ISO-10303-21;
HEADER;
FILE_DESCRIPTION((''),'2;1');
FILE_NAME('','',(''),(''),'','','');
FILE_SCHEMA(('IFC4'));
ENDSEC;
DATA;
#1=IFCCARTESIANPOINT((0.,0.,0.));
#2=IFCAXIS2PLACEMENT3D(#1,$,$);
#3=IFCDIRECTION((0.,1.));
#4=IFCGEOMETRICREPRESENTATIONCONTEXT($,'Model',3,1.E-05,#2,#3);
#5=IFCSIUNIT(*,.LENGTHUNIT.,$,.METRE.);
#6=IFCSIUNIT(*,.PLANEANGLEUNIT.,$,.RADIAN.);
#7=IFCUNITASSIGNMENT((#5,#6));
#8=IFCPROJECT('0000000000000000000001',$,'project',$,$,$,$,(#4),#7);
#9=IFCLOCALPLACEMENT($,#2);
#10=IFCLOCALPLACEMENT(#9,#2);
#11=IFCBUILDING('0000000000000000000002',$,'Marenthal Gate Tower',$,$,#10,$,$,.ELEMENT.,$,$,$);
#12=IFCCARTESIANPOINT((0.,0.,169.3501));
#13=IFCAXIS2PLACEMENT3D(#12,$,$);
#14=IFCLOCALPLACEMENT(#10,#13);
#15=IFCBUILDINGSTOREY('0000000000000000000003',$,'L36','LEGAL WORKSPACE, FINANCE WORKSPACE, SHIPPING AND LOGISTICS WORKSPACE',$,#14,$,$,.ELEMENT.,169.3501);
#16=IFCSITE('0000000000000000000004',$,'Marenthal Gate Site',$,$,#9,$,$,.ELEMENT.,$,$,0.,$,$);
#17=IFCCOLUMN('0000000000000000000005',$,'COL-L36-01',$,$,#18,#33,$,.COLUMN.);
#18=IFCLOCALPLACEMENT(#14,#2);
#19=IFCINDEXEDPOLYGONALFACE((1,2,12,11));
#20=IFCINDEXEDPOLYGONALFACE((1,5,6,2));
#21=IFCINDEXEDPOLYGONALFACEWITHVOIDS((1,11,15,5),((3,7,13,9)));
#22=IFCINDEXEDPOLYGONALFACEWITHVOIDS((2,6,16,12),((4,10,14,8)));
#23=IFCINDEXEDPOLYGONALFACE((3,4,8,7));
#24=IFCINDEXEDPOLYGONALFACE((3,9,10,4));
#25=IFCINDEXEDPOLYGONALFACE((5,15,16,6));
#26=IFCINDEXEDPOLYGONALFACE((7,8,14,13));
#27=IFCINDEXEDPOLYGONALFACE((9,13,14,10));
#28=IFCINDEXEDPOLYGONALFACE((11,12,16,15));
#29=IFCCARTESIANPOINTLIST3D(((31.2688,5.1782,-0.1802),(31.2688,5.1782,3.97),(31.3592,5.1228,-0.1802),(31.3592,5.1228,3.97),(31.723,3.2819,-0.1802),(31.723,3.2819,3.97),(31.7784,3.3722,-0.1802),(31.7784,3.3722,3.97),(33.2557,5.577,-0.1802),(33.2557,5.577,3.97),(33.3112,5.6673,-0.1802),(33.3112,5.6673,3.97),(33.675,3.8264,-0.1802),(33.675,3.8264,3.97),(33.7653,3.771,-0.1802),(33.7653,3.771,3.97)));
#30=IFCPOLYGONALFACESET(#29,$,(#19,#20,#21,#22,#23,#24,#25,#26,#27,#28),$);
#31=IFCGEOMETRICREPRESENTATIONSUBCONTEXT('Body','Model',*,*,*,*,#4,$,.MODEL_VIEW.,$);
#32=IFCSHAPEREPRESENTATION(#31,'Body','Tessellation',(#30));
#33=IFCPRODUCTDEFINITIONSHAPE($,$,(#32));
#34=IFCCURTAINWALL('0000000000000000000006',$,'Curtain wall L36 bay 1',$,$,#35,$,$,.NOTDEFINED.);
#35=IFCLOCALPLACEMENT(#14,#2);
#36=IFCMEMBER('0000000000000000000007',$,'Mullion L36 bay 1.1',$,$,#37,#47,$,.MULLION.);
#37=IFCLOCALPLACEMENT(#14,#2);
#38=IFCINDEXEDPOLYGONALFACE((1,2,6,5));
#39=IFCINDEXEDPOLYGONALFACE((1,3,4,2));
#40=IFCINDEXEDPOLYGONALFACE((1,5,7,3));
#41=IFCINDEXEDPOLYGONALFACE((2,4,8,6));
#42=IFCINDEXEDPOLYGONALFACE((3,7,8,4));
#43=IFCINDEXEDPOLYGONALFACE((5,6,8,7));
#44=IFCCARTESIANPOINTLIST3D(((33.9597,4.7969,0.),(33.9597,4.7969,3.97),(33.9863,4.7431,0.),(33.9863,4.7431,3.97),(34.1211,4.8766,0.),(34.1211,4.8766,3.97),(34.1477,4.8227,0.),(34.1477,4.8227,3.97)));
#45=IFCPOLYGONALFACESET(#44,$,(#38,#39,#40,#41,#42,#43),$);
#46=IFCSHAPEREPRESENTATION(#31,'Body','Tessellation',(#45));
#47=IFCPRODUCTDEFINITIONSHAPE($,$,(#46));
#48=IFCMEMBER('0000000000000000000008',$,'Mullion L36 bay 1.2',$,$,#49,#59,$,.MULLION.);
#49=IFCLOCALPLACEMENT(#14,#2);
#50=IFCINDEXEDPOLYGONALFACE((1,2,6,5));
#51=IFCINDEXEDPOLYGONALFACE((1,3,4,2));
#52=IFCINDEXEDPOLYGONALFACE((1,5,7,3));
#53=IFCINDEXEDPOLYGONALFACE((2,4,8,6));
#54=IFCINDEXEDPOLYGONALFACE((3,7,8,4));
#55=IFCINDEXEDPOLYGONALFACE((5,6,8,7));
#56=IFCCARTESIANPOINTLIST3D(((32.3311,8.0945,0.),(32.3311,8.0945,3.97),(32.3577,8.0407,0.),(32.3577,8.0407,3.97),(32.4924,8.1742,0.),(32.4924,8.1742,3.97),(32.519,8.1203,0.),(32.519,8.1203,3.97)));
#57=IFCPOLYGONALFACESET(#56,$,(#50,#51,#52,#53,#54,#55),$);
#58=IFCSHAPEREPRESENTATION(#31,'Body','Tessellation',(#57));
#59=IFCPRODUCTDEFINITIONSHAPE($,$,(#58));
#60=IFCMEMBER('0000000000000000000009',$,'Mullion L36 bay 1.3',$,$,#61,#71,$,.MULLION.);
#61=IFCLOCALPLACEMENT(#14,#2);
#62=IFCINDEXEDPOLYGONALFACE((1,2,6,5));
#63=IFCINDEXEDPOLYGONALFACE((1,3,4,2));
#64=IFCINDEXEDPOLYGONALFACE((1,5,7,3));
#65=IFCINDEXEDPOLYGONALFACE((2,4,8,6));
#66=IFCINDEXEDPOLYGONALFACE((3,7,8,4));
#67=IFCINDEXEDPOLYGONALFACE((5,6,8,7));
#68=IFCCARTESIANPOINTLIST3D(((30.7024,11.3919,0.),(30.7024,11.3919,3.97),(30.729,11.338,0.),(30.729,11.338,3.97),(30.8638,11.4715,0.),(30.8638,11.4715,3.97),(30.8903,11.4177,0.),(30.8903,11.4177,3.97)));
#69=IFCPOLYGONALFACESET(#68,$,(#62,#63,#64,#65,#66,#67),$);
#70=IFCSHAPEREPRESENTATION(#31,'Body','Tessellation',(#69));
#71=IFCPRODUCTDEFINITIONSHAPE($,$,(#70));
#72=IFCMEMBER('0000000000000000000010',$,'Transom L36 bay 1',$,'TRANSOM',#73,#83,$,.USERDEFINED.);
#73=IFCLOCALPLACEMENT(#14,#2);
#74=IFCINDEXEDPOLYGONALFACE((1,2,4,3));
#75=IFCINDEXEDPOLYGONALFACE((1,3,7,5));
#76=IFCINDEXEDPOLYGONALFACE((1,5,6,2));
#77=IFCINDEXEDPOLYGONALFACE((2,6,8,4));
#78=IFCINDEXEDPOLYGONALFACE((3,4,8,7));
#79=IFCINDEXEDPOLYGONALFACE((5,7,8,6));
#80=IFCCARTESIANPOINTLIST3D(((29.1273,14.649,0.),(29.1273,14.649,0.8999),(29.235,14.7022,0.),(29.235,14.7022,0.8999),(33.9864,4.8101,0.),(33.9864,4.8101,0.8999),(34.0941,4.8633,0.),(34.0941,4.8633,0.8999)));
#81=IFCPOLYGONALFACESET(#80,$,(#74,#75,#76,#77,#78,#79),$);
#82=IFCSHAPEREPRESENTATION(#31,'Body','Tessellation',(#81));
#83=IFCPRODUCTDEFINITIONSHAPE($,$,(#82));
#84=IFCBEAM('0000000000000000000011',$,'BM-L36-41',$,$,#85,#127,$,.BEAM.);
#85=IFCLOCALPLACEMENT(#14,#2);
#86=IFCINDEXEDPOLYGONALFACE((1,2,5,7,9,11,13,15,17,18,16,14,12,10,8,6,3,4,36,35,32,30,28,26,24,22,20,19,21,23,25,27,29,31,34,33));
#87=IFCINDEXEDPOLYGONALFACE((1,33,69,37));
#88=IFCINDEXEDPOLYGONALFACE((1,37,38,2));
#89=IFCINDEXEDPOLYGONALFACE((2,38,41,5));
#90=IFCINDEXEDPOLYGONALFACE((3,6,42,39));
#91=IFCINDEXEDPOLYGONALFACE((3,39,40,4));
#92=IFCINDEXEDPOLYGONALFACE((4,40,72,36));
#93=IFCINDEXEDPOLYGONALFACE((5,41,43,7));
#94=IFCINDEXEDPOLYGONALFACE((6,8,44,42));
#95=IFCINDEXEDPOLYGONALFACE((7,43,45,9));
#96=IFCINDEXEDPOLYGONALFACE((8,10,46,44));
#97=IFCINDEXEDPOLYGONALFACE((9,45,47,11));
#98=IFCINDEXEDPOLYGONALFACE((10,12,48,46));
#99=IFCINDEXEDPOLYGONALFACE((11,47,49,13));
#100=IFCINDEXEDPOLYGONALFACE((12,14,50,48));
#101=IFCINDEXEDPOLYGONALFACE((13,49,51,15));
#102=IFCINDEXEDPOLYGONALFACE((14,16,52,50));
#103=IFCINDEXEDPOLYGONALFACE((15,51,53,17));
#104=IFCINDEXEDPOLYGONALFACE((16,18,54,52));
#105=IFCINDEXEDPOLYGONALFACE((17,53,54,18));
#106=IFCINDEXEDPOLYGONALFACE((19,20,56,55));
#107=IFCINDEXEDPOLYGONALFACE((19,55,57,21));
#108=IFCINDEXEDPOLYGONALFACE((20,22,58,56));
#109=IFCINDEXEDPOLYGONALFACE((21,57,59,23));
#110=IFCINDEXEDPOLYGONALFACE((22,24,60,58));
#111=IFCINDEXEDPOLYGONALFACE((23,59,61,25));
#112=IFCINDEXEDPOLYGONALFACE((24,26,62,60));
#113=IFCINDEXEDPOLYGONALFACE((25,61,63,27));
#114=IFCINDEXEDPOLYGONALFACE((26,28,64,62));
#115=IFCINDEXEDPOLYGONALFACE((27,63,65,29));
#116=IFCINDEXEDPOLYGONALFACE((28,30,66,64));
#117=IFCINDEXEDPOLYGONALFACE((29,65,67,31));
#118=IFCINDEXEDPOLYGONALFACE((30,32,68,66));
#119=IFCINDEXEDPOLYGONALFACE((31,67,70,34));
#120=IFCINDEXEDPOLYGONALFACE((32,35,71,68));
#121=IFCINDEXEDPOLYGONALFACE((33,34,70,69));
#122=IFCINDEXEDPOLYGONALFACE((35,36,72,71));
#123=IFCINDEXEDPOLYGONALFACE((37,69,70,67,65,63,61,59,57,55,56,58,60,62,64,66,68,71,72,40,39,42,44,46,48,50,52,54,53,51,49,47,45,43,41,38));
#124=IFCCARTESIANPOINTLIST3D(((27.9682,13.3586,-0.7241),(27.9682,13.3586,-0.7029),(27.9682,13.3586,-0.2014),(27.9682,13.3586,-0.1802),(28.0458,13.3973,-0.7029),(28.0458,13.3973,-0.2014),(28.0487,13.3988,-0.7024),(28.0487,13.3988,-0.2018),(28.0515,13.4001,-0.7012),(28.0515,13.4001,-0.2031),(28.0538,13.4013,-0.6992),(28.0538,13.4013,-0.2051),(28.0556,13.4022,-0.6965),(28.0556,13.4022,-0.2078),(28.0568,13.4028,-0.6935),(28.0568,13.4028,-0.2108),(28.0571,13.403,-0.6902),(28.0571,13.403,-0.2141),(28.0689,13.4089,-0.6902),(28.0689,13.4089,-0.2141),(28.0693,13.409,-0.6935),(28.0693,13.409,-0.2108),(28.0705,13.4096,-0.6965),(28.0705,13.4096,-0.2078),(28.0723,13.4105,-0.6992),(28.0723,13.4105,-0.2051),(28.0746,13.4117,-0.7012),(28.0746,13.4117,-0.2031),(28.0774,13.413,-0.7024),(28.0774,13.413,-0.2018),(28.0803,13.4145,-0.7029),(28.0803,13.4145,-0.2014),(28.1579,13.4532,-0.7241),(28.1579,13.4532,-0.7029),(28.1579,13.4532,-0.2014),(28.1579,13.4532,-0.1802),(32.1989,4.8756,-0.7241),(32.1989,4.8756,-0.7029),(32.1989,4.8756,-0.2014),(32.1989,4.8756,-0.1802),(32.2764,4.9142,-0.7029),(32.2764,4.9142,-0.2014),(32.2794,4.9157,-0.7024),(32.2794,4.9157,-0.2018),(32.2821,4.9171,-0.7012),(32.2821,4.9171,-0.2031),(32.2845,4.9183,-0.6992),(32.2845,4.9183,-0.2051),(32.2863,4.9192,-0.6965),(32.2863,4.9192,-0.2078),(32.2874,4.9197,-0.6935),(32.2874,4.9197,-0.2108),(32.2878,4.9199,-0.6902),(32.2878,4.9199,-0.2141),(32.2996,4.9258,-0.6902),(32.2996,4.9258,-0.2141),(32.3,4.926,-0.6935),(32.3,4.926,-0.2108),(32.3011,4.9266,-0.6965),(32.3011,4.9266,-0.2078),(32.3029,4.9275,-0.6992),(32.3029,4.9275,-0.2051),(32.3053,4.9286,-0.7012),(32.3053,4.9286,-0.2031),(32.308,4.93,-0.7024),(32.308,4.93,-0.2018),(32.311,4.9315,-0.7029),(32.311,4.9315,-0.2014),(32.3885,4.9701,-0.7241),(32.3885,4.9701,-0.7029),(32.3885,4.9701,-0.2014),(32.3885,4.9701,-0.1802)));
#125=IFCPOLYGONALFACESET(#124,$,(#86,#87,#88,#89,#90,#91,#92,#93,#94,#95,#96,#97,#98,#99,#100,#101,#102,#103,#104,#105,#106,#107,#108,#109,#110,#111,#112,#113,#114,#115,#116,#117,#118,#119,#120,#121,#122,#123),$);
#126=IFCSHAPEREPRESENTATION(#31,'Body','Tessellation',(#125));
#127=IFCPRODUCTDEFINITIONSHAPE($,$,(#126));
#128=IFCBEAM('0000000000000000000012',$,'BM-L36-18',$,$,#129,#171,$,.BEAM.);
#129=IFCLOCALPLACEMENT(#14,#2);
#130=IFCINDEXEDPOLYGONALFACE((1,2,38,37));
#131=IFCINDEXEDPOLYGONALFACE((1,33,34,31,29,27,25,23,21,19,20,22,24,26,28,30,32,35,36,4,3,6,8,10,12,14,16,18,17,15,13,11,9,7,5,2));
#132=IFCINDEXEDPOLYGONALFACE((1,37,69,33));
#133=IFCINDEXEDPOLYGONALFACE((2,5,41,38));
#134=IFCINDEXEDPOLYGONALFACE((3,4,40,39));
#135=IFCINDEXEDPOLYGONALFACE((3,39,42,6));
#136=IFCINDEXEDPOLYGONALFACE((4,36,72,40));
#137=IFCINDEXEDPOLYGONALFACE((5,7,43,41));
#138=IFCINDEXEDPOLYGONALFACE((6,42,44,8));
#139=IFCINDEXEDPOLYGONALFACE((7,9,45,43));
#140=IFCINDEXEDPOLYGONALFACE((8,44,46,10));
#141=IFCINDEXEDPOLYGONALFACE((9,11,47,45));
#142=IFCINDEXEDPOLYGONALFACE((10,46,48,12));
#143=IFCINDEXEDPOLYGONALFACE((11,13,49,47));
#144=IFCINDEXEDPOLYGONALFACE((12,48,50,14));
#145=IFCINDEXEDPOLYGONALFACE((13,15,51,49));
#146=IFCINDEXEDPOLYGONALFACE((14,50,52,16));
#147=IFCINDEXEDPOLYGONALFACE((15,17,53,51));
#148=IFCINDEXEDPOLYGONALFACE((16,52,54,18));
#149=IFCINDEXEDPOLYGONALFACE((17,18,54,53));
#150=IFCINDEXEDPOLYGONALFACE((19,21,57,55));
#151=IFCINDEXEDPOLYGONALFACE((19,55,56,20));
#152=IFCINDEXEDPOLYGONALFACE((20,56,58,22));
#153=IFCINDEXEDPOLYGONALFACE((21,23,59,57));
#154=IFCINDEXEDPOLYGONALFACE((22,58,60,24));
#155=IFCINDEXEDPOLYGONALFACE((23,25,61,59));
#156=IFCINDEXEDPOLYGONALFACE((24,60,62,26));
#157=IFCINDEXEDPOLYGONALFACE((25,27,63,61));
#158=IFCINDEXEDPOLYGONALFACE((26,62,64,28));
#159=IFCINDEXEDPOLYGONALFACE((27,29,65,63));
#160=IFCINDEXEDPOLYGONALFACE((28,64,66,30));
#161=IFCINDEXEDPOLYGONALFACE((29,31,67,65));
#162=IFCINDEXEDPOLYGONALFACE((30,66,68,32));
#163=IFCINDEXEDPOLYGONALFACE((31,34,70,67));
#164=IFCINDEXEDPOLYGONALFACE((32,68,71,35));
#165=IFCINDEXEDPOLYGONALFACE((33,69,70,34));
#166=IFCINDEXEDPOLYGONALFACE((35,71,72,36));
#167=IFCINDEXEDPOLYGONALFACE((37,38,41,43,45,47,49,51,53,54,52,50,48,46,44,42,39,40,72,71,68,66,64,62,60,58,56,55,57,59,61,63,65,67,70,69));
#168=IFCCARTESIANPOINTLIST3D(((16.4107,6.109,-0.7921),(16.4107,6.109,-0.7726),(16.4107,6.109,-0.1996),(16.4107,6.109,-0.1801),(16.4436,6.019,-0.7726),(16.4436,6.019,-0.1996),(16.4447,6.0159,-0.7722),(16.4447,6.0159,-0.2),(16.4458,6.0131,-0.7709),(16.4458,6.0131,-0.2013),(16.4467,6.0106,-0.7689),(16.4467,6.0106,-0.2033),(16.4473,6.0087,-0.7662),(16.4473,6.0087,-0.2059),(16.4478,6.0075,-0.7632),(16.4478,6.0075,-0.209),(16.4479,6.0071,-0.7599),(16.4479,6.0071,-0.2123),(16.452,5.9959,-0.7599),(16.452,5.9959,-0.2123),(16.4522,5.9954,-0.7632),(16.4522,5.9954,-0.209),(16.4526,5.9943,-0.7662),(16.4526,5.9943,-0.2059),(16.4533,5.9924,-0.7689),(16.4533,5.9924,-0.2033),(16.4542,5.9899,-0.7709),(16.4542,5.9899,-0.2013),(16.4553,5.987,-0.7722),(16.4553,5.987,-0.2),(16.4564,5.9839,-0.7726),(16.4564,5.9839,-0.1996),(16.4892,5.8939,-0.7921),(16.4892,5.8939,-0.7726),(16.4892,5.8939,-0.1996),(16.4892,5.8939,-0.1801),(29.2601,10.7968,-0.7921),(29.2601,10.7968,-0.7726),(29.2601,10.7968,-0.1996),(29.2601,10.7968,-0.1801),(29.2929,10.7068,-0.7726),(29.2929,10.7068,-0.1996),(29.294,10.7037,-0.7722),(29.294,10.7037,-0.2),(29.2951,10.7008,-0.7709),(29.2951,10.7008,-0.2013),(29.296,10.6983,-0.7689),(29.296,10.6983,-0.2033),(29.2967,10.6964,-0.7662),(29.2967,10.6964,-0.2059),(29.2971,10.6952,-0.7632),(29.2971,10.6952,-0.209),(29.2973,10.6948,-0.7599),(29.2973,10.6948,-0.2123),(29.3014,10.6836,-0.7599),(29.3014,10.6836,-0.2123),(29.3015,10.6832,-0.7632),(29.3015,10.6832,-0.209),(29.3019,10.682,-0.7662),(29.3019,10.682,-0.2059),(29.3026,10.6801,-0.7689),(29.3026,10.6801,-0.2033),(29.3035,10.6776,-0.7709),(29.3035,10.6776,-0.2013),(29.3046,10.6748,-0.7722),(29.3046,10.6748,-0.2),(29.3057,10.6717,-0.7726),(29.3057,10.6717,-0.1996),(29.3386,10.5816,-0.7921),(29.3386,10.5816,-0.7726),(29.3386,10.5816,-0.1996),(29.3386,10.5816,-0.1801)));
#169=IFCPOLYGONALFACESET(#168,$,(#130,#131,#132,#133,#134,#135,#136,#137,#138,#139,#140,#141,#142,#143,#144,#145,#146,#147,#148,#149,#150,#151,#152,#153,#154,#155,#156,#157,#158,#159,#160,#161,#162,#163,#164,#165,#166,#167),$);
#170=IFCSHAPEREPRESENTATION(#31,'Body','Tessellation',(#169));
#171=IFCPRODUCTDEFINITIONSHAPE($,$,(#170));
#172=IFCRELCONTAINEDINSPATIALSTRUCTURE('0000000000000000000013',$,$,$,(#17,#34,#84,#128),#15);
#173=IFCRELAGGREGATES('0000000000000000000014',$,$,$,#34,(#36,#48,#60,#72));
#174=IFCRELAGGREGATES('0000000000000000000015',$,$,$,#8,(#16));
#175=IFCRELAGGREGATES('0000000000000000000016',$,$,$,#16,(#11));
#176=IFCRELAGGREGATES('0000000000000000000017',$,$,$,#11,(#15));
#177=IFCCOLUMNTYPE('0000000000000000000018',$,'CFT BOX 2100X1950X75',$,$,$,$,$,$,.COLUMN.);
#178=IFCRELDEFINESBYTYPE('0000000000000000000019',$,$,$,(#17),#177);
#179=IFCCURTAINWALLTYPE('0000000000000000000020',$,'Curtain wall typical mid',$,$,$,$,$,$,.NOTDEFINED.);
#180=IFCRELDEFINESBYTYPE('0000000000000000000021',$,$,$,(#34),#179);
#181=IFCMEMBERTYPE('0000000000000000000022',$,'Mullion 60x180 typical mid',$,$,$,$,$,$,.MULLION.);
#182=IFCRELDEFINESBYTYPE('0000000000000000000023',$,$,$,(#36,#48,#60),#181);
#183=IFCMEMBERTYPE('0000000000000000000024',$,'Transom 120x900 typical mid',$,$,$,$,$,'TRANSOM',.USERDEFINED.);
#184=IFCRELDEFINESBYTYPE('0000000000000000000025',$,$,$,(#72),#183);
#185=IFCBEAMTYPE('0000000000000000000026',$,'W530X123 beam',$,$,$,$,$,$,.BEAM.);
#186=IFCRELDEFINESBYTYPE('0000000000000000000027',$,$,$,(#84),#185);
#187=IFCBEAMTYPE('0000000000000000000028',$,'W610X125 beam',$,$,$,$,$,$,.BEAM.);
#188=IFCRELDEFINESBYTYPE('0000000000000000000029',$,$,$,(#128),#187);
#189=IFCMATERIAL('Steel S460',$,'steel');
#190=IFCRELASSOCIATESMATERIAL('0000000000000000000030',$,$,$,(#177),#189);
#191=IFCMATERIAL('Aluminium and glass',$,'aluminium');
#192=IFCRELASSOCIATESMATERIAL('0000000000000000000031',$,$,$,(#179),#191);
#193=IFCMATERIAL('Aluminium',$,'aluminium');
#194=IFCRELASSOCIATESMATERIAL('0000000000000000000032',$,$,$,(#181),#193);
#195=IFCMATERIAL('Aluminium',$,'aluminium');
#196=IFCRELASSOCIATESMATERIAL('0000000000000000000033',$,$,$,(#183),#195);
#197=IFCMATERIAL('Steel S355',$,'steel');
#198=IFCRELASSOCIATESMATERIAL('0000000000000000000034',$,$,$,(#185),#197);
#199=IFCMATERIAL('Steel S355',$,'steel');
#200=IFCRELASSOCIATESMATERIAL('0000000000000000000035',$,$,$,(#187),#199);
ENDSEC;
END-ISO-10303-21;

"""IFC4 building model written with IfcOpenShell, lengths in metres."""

from ifc_helpers import new_model, si_unit, direction, frame, origin, origin_2d, place, context, subcontext, project, spatial, rectangle, hollow_rectangle, i_section, extrude, material, material_profile, profile_set, type_object, element, aggregate, save


model = new_model("IFC4")

# Units and contexts
model_context = context("Model", 3, precision=1e-05, world=origin(), true_north=direction((0.0, 1.0)))
body_context = subcontext(model_context, "Body", "Model", "MODEL_VIEW")
ifc_project = project(units=[si_unit("LENGTHUNIT", "METRE"), si_unit("PLANEANGLEUNIT", "RADIAN")], contexts=[model_context])

# Site, building, storey
site_placement = place(None, origin())
site = spatial("IfcSite", under=ifc_project, at=site_placement, Name="Marenthal Gate Site", CompositionType="ELEMENT", RefElevation=0.0)
building_placement = place(site_placement, origin())
building = spatial("IfcBuilding", under=site, at=building_placement, Name="Marenthal Gate Tower", CompositionType="ELEMENT")
storey_placement = place(building_placement, frame((0.0, 0.0, 169.3501)))
storey = spatial("IfcBuildingStorey", under=building, at=storey_placement, Name="L36", Description="LEGAL WORKSPACE, FINANCE WORKSPACE, SHIPPING AND LOGISTICS WORKSPACE", CompositionType="ELEMENT", Elevation=169.3501)

# Column
ifc_material_1 = material(Name="Steel S460", Category="steel")
ifc_material_profile_1 = material_profile(ifc_material_1, hollow_rectangle(XDim=1.95, YDim=2.1001, WallThickness=0.075, at=origin_2d()), Name="CFT BOX 2100X1950X75")
ifc_material_2 = material(Name="Concrete 70 MPa", Category="concrete")
ifc_material_profile_2 = material_profile(ifc_material_2, rectangle(XDim=1.8, YDim=1.95, at=origin_2d()), Name="CFT BOX 2100X1950X75 INFILL")
ifc_profile_set_1 = profile_set([ifc_material_profile_1, ifc_material_profile_2], Name="Steel S460 shell, Concrete 70 MPa infill")
column_type = type_object("IfcColumnType", Name="CFT BOX 2100X1950X75", PredefinedType="COLUMN", material=ifc_profile_set_1)
column_placement = place(storey_placement, frame((32.5171, 4.4746, -0.1802), z_axis=(0.0, 0.0, 1.0), x_axis=(0.232909, -0.972499, 0.0)))
element("IfcColumn", 1, at=column_placement, inside=storey, type_object=column_type, Name="COL-L36-01", PredefinedType="COLUMN", context=body_context, shape_type="SweptSolid", body=[
    extrude(hollow_rectangle(XDim=1.95, YDim=2.1001, WallThickness=0.075, at=origin_2d()), origin(), (0.0, 0.0, 1.0), 4.1501),
])

# Curtain wall, members
ifc_material_3 = material(Name="Aluminium and glass", Category="aluminium")
curtain_wall_type = type_object("IfcCurtainWallType", Name="Curtain wall typical mid", PredefinedType="NOTDEFINED", material=ifc_material_3)
curtain_wall_placement = place(storey_placement, origin())
curtain_wall = element("IfcCurtainWall", 2, at=curtain_wall_placement, inside=storey, type_object=curtain_wall_type, Name="Curtain wall L36 bay 1", PredefinedType="NOTDEFINED")
ifc_material_4 = material(Name="Aluminium", Category="aluminium")
ifc_material_profile_3 = material_profile(ifc_material_4, rectangle(XDim=0.1799, YDim=0.0601, at=origin_2d()), Name="60x180 aluminium mullion")
ifc_profile_set_2 = profile_set([ifc_material_profile_3], Name="Aluminium")
member_type_1 = type_object("IfcMemberType", Name="Mullion 60x180 typical mid", PredefinedType="MULLION", material=ifc_profile_set_2)
member_1_placement = place(storey_placement, frame((34.0537, 4.8098, 0.0), z_axis=(0.0, 0.0, 1.0), x_axis=(-0.896609, -0.442824, 0.0)))
member_1 = element("IfcMember", 3, at=member_1_placement, type_object=member_type_1, Name="Mullion L36 bay 1.1", PredefinedType="MULLION", context=body_context, shape_type="SweptSolid", body=[
    extrude(rectangle(XDim=0.1799, YDim=0.0601, at=origin_2d()), origin(), (0.0, 0.0, 1.0), 3.97),
])
member_2_placement = place(storey_placement, frame((32.425, 8.1074, 0.0), z_axis=(0.0, 0.0, 1.0), x_axis=(-0.896609, -0.442824, 0.0)))
member_2 = element("IfcMember", 4, at=member_2_placement, type_object=member_type_1, Name="Mullion L36 bay 1.2", PredefinedType="MULLION", context=body_context, shape_type="SweptSolid", body=[
    extrude(rectangle(XDim=0.1799, YDim=0.0601, at=origin_2d()), origin(), (0.0, 0.0, 1.0), 3.97),
])
member_3_placement = place(storey_placement, frame((30.7964, 11.4048, 0.0), z_axis=(0.0, 0.0, 1.0), x_axis=(-0.896609, -0.442824, 0.0)))
member_3 = element("IfcMember", 5, at=member_3_placement, type_object=member_type_1, Name="Mullion L36 bay 1.3", PredefinedType="MULLION", context=body_context, shape_type="SweptSolid", body=[
    extrude(rectangle(XDim=0.1799, YDim=0.0601, at=origin_2d()), origin(), (0.0, 0.0, 1.0), 3.97),
])
ifc_material_5 = material(Name="Aluminium", Category="aluminium")
ifc_material_profile_4 = material_profile(ifc_material_5, rectangle(XDim=0.1201, YDim=0.8999, at=origin_2d()), Name="120x900 aluminium transom")
ifc_profile_set_3 = profile_set([ifc_material_profile_4], Name="Aluminium")
member_type_2 = type_object("IfcMemberType", Name="Transom 120x900 typical mid", ElementType="TRANSOM", PredefinedType="USERDEFINED", material=ifc_profile_set_3)
member_4_placement = place(storey_placement, frame((34.0403, 4.8367, 0.45), z_axis=(-0.442812, 0.896615, 0.0), x_axis=(-0.896615, -0.442812, 0.0)))
member_4 = element("IfcMember", 6, at=member_4_placement, type_object=member_type_2, Name="Transom L36 bay 1", ObjectType="TRANSOM", PredefinedType="USERDEFINED", context=body_context, shape_type="SweptSolid", body=[
    extrude(rectangle(XDim=0.1201, YDim=0.8999, at=origin_2d()), origin(), (0.0, 0.0, 1.0), 10.9734),
])

# Beams
ifc_material_6 = material(Name="Steel S355", Category="steel")
ifc_material_profile_5 = material_profile(ifc_material_6, i_section(OverallWidth=0.2119, OverallDepth=0.5439, WebThickness=0.0132, FlangeThickness=0.0212, FilletRadius=0.0127, at=origin_2d()), Name="W530X123")
ifc_profile_set_4 = profile_set([ifc_material_profile_5], Name="Steel S355")
beam_type_1 = type_object("IfcBeamType", Name="W530X123 beam", PredefinedType="BEAM", material=ifc_profile_set_4)
beam_1_placement = place(storey_placement, frame((32.2937, 4.9229, -0.4521), z_axis=(-0.446297, 0.894885, 0.0), x_axis=(-0.894885, -0.446297, 0.0)))
element("IfcBeam", 7, at=beam_1_placement, inside=storey, type_object=beam_type_1, Name="BM-L36-41", PredefinedType="BEAM", context=body_context, shape_type="SweptSolid", body=[
    extrude(i_section(OverallWidth=0.2119, OverallDepth=0.5439, WebThickness=0.0132, FlangeThickness=0.0212, FilletRadius=0.0127, at=origin_2d()), origin(), (0.0, 0.0, 1.0), 9.4795),
])
ifc_material_7 = material(Name="Steel S355", Category="steel")
ifc_material_profile_6 = material_profile(ifc_material_7, i_section(OverallWidth=0.229, OverallDepth=0.6121, WebThickness=0.012, FlangeThickness=0.0195, FilletRadius=0.0127, at=origin_2d()), Name="W610X125")
ifc_profile_set_5 = profile_set([ifc_material_profile_6], Name="Steel S355")
beam_type_2 = type_object("IfcBeamType", Name="W610X125 beam", PredefinedType="BEAM", material=ifc_profile_set_5)
beam_2_placement = place(storey_placement, frame((29.2993, 10.6892, -0.4861), z_axis=(-0.939435, -0.342727, 0.0), x_axis=(0.342727, -0.939435, 0.0)))
element("IfcBeam", 8, at=beam_2_placement, inside=storey, type_object=beam_type_2, Name="BM-L36-18", PredefinedType="BEAM", context=body_context, shape_type="SweptSolid", body=[
    extrude(i_section(OverallWidth=0.229, OverallDepth=0.6121, WebThickness=0.012, FlangeThickness=0.0195, FilletRadius=0.0127, at=origin_2d()), origin(), (0.0, 0.0, 1.0), 13.6777),
])

aggregate(curtain_wall, [member_1, member_2, member_3, member_4])

save(model, "model.ifc")
